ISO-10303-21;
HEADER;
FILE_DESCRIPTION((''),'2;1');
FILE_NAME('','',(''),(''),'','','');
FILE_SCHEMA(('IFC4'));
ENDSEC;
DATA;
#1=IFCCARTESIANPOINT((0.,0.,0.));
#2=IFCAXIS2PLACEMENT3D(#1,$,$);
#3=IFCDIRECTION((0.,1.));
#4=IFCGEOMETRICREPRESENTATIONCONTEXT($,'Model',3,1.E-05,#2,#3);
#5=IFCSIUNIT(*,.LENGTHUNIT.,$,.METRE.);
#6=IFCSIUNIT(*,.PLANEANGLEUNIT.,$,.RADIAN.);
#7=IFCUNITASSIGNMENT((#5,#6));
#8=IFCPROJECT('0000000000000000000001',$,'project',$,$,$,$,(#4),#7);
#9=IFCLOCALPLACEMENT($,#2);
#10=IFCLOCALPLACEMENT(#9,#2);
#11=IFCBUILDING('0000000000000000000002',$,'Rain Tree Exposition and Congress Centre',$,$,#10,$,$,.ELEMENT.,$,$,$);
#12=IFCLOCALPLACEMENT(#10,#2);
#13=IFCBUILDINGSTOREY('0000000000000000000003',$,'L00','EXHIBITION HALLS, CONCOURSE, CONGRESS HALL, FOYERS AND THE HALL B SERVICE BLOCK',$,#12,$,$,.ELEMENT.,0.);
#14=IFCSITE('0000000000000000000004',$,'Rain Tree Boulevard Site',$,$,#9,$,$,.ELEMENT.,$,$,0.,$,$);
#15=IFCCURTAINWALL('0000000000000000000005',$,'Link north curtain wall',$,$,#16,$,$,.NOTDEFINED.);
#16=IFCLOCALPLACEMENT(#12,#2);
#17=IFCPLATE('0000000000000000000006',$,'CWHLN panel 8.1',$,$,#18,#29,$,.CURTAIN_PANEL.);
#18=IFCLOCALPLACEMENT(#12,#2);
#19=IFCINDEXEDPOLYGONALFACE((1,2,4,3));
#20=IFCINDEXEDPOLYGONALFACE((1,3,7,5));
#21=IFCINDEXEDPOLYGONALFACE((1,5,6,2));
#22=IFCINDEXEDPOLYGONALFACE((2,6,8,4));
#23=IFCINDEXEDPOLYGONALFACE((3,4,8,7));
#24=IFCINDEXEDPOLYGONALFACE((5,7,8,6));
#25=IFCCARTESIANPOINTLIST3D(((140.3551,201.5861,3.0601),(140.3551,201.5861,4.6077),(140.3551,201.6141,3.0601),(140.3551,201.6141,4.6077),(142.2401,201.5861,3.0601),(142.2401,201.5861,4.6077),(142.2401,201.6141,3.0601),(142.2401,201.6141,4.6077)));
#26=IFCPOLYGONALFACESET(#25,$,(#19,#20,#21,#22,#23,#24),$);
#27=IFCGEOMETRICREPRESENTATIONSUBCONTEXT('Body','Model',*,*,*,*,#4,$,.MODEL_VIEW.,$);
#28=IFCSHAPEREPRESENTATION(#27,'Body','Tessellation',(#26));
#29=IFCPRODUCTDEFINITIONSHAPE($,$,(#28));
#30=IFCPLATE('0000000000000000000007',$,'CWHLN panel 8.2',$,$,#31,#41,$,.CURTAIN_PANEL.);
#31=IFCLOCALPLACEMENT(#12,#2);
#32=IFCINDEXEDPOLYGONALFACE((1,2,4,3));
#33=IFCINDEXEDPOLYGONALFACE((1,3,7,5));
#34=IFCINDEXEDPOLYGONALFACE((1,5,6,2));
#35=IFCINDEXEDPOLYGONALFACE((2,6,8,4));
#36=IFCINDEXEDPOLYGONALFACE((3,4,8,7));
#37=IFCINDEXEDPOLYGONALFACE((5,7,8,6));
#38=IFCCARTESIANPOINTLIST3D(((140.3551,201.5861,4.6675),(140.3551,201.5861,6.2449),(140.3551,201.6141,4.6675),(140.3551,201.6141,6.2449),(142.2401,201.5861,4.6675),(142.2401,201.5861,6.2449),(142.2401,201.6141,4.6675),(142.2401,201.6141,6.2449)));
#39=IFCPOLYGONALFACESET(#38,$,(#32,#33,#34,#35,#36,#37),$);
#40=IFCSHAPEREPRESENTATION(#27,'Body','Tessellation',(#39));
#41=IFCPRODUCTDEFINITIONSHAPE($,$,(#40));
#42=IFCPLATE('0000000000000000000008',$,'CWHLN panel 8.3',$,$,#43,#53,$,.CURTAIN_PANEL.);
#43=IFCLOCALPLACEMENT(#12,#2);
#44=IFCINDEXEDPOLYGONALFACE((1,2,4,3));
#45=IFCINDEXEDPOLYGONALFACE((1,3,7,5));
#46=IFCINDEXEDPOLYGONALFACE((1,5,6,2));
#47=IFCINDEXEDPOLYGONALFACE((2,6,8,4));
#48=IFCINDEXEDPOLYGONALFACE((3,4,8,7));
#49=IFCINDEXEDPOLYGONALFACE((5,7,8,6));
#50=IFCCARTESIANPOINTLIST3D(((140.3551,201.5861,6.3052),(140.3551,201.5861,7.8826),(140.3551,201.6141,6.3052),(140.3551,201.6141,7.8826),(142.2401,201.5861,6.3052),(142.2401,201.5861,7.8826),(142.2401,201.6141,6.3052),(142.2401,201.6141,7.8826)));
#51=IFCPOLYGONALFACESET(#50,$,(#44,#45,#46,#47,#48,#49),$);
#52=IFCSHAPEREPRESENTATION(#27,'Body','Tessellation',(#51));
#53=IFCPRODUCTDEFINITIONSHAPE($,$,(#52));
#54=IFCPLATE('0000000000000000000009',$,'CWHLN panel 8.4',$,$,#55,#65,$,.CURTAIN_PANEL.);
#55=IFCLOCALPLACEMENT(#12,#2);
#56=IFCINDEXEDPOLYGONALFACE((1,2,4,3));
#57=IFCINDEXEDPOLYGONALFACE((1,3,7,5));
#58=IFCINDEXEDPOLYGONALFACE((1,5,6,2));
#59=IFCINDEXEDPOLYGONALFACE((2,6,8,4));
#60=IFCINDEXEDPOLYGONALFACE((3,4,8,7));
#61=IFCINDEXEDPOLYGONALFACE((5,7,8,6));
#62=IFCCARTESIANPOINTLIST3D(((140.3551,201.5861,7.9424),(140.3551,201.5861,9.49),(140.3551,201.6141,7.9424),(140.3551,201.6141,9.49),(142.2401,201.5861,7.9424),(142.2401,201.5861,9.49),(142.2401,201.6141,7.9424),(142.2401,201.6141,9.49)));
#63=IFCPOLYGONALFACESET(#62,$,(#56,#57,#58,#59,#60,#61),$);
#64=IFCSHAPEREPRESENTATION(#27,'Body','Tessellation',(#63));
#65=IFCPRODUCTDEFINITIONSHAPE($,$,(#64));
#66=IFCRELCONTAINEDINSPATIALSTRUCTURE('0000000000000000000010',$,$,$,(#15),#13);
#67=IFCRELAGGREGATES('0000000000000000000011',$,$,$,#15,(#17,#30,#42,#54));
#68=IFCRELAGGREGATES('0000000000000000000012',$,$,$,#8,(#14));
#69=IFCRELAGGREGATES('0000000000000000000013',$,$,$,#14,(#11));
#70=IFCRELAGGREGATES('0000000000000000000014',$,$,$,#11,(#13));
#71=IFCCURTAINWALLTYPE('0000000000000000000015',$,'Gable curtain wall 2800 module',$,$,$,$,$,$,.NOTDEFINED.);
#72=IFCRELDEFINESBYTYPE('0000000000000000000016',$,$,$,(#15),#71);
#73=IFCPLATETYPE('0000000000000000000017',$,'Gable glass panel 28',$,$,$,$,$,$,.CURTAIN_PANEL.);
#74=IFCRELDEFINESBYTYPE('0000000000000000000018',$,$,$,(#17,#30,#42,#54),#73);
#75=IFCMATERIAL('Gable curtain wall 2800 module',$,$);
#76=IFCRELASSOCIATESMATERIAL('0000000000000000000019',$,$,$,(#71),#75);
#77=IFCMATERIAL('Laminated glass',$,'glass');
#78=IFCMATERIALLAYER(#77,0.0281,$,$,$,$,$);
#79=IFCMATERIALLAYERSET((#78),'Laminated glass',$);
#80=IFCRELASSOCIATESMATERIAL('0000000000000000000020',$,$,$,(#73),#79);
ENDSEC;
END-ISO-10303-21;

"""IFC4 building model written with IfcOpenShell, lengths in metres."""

from ifc_helpers import new_model, si_unit, direction, frame, origin, origin_2d, place, context, subcontext, project, spatial, rectangle, extrude, material, layer, layer_set, type_object, element, aggregate, save


model = new_model("IFC4")

# Units and contexts
model_context = context("Model", 3, precision=1e-05, world=origin(), true_north=direction((0.0, 1.0)))
body_context = subcontext(model_context, "Body", "Model", "MODEL_VIEW")
ifc_project = project(units=[si_unit("LENGTHUNIT", "METRE"), si_unit("PLANEANGLEUNIT", "RADIAN")], contexts=[model_context])

# Site, building, storey
site_placement = place(None, origin())
site = spatial("IfcSite", under=ifc_project, at=site_placement, Name="Rain Tree Boulevard Site", CompositionType="ELEMENT", RefElevation=0.0)
building_placement = place(site_placement, origin())
building = spatial("IfcBuilding", under=site, at=building_placement, Name="Rain Tree Exposition and Congress Centre", CompositionType="ELEMENT")
storey_placement = place(building_placement, origin())
storey = spatial("IfcBuildingStorey", under=building, at=storey_placement, Name="L00", Description="EXHIBITION HALLS, CONCOURSE, CONGRESS HALL, FOYERS AND THE HALL B SERVICE BLOCK", CompositionType="ELEMENT", Elevation=0.0)

# Curtain wall, plates
ifc_material_1 = material(Name="Gable curtain wall 2800 module")
curtain_wall_type = type_object("IfcCurtainWallType", Name="Gable curtain wall 2800 module", PredefinedType="NOTDEFINED", material=ifc_material_1)
curtain_wall_placement = place(storey_placement, origin())
curtain_wall = element("IfcCurtainWall", 1, at=curtain_wall_placement, inside=storey, type_object=curtain_wall_type, Name="Link north curtain wall", PredefinedType="NOTDEFINED")
ifc_material_2 = material(Name="Laminated glass", Category="glass")
ifc_layer = layer(ifc_material_2, 0.0281)
ifc_layer_set = layer_set([ifc_layer], Name="Laminated glass")
plate_type = type_object("IfcPlateType", Name="Gable glass panel 28", PredefinedType="CURTAIN_PANEL", material=ifc_layer_set)
plate_1_placement = place(storey_placement, frame((141.2976, 201.6001, 3.0601), z_axis=(0.0, 0.0, 1.0), x_axis=(1.0, 0.0, 0.0)))
plate_1 = element("IfcPlate", 2, at=plate_1_placement, type_object=plate_type, Name="CWHLN panel 8.1", PredefinedType="CURTAIN_PANEL", context=body_context, shape_type="SweptSolid", body=[
    extrude(rectangle(XDim=1.885, YDim=0.0281, at=origin_2d()), origin(), (0.0, 0.0, 1.0), 1.5476),
])
plate_2_placement = place(storey_placement, frame((141.2976, 201.6001, 4.6675), z_axis=(0.0, 0.0, 1.0), x_axis=(1.0, 0.0, 0.0)))
plate_2 = element("IfcPlate", 3, at=plate_2_placement, type_object=plate_type, Name="CWHLN panel 8.2", PredefinedType="CURTAIN_PANEL", context=body_context, shape_type="SweptSolid", body=[
    extrude(rectangle(XDim=1.885, YDim=0.0281, at=origin_2d()), origin(), (0.0, 0.0, 1.0), 1.5774),
])
plate_3_placement = place(storey_placement, frame((141.2976, 201.6001, 6.3052), z_axis=(0.0, 0.0, 1.0), x_axis=(1.0, 0.0, 0.0)))
plate_3 = element("IfcPlate", 4, at=plate_3_placement, type_object=plate_type, Name="CWHLN panel 8.3", PredefinedType="CURTAIN_PANEL", context=body_context, shape_type="SweptSolid", body=[
    extrude(rectangle(XDim=1.885, YDim=0.0281, at=origin_2d()), origin(), (0.0, 0.0, 1.0), 1.5774),
])
plate_4_placement = place(storey_placement, frame((141.2976, 201.6001, 7.9424), z_axis=(0.0, 0.0, 1.0), x_axis=(1.0, 0.0, 0.0)))
plate_4 = element("IfcPlate", 5, at=plate_4_placement, type_object=plate_type, Name="CWHLN panel 8.4", PredefinedType="CURTAIN_PANEL", context=body_context, shape_type="SweptSolid", body=[
    extrude(rectangle(XDim=1.885, YDim=0.0281, at=origin_2d()), origin(), (0.0, 0.0, 1.0), 1.5476),
])
aggregate(curtain_wall, [plate_1, plate_2, plate_3, plate_4])

save(model, "model.ifc")
